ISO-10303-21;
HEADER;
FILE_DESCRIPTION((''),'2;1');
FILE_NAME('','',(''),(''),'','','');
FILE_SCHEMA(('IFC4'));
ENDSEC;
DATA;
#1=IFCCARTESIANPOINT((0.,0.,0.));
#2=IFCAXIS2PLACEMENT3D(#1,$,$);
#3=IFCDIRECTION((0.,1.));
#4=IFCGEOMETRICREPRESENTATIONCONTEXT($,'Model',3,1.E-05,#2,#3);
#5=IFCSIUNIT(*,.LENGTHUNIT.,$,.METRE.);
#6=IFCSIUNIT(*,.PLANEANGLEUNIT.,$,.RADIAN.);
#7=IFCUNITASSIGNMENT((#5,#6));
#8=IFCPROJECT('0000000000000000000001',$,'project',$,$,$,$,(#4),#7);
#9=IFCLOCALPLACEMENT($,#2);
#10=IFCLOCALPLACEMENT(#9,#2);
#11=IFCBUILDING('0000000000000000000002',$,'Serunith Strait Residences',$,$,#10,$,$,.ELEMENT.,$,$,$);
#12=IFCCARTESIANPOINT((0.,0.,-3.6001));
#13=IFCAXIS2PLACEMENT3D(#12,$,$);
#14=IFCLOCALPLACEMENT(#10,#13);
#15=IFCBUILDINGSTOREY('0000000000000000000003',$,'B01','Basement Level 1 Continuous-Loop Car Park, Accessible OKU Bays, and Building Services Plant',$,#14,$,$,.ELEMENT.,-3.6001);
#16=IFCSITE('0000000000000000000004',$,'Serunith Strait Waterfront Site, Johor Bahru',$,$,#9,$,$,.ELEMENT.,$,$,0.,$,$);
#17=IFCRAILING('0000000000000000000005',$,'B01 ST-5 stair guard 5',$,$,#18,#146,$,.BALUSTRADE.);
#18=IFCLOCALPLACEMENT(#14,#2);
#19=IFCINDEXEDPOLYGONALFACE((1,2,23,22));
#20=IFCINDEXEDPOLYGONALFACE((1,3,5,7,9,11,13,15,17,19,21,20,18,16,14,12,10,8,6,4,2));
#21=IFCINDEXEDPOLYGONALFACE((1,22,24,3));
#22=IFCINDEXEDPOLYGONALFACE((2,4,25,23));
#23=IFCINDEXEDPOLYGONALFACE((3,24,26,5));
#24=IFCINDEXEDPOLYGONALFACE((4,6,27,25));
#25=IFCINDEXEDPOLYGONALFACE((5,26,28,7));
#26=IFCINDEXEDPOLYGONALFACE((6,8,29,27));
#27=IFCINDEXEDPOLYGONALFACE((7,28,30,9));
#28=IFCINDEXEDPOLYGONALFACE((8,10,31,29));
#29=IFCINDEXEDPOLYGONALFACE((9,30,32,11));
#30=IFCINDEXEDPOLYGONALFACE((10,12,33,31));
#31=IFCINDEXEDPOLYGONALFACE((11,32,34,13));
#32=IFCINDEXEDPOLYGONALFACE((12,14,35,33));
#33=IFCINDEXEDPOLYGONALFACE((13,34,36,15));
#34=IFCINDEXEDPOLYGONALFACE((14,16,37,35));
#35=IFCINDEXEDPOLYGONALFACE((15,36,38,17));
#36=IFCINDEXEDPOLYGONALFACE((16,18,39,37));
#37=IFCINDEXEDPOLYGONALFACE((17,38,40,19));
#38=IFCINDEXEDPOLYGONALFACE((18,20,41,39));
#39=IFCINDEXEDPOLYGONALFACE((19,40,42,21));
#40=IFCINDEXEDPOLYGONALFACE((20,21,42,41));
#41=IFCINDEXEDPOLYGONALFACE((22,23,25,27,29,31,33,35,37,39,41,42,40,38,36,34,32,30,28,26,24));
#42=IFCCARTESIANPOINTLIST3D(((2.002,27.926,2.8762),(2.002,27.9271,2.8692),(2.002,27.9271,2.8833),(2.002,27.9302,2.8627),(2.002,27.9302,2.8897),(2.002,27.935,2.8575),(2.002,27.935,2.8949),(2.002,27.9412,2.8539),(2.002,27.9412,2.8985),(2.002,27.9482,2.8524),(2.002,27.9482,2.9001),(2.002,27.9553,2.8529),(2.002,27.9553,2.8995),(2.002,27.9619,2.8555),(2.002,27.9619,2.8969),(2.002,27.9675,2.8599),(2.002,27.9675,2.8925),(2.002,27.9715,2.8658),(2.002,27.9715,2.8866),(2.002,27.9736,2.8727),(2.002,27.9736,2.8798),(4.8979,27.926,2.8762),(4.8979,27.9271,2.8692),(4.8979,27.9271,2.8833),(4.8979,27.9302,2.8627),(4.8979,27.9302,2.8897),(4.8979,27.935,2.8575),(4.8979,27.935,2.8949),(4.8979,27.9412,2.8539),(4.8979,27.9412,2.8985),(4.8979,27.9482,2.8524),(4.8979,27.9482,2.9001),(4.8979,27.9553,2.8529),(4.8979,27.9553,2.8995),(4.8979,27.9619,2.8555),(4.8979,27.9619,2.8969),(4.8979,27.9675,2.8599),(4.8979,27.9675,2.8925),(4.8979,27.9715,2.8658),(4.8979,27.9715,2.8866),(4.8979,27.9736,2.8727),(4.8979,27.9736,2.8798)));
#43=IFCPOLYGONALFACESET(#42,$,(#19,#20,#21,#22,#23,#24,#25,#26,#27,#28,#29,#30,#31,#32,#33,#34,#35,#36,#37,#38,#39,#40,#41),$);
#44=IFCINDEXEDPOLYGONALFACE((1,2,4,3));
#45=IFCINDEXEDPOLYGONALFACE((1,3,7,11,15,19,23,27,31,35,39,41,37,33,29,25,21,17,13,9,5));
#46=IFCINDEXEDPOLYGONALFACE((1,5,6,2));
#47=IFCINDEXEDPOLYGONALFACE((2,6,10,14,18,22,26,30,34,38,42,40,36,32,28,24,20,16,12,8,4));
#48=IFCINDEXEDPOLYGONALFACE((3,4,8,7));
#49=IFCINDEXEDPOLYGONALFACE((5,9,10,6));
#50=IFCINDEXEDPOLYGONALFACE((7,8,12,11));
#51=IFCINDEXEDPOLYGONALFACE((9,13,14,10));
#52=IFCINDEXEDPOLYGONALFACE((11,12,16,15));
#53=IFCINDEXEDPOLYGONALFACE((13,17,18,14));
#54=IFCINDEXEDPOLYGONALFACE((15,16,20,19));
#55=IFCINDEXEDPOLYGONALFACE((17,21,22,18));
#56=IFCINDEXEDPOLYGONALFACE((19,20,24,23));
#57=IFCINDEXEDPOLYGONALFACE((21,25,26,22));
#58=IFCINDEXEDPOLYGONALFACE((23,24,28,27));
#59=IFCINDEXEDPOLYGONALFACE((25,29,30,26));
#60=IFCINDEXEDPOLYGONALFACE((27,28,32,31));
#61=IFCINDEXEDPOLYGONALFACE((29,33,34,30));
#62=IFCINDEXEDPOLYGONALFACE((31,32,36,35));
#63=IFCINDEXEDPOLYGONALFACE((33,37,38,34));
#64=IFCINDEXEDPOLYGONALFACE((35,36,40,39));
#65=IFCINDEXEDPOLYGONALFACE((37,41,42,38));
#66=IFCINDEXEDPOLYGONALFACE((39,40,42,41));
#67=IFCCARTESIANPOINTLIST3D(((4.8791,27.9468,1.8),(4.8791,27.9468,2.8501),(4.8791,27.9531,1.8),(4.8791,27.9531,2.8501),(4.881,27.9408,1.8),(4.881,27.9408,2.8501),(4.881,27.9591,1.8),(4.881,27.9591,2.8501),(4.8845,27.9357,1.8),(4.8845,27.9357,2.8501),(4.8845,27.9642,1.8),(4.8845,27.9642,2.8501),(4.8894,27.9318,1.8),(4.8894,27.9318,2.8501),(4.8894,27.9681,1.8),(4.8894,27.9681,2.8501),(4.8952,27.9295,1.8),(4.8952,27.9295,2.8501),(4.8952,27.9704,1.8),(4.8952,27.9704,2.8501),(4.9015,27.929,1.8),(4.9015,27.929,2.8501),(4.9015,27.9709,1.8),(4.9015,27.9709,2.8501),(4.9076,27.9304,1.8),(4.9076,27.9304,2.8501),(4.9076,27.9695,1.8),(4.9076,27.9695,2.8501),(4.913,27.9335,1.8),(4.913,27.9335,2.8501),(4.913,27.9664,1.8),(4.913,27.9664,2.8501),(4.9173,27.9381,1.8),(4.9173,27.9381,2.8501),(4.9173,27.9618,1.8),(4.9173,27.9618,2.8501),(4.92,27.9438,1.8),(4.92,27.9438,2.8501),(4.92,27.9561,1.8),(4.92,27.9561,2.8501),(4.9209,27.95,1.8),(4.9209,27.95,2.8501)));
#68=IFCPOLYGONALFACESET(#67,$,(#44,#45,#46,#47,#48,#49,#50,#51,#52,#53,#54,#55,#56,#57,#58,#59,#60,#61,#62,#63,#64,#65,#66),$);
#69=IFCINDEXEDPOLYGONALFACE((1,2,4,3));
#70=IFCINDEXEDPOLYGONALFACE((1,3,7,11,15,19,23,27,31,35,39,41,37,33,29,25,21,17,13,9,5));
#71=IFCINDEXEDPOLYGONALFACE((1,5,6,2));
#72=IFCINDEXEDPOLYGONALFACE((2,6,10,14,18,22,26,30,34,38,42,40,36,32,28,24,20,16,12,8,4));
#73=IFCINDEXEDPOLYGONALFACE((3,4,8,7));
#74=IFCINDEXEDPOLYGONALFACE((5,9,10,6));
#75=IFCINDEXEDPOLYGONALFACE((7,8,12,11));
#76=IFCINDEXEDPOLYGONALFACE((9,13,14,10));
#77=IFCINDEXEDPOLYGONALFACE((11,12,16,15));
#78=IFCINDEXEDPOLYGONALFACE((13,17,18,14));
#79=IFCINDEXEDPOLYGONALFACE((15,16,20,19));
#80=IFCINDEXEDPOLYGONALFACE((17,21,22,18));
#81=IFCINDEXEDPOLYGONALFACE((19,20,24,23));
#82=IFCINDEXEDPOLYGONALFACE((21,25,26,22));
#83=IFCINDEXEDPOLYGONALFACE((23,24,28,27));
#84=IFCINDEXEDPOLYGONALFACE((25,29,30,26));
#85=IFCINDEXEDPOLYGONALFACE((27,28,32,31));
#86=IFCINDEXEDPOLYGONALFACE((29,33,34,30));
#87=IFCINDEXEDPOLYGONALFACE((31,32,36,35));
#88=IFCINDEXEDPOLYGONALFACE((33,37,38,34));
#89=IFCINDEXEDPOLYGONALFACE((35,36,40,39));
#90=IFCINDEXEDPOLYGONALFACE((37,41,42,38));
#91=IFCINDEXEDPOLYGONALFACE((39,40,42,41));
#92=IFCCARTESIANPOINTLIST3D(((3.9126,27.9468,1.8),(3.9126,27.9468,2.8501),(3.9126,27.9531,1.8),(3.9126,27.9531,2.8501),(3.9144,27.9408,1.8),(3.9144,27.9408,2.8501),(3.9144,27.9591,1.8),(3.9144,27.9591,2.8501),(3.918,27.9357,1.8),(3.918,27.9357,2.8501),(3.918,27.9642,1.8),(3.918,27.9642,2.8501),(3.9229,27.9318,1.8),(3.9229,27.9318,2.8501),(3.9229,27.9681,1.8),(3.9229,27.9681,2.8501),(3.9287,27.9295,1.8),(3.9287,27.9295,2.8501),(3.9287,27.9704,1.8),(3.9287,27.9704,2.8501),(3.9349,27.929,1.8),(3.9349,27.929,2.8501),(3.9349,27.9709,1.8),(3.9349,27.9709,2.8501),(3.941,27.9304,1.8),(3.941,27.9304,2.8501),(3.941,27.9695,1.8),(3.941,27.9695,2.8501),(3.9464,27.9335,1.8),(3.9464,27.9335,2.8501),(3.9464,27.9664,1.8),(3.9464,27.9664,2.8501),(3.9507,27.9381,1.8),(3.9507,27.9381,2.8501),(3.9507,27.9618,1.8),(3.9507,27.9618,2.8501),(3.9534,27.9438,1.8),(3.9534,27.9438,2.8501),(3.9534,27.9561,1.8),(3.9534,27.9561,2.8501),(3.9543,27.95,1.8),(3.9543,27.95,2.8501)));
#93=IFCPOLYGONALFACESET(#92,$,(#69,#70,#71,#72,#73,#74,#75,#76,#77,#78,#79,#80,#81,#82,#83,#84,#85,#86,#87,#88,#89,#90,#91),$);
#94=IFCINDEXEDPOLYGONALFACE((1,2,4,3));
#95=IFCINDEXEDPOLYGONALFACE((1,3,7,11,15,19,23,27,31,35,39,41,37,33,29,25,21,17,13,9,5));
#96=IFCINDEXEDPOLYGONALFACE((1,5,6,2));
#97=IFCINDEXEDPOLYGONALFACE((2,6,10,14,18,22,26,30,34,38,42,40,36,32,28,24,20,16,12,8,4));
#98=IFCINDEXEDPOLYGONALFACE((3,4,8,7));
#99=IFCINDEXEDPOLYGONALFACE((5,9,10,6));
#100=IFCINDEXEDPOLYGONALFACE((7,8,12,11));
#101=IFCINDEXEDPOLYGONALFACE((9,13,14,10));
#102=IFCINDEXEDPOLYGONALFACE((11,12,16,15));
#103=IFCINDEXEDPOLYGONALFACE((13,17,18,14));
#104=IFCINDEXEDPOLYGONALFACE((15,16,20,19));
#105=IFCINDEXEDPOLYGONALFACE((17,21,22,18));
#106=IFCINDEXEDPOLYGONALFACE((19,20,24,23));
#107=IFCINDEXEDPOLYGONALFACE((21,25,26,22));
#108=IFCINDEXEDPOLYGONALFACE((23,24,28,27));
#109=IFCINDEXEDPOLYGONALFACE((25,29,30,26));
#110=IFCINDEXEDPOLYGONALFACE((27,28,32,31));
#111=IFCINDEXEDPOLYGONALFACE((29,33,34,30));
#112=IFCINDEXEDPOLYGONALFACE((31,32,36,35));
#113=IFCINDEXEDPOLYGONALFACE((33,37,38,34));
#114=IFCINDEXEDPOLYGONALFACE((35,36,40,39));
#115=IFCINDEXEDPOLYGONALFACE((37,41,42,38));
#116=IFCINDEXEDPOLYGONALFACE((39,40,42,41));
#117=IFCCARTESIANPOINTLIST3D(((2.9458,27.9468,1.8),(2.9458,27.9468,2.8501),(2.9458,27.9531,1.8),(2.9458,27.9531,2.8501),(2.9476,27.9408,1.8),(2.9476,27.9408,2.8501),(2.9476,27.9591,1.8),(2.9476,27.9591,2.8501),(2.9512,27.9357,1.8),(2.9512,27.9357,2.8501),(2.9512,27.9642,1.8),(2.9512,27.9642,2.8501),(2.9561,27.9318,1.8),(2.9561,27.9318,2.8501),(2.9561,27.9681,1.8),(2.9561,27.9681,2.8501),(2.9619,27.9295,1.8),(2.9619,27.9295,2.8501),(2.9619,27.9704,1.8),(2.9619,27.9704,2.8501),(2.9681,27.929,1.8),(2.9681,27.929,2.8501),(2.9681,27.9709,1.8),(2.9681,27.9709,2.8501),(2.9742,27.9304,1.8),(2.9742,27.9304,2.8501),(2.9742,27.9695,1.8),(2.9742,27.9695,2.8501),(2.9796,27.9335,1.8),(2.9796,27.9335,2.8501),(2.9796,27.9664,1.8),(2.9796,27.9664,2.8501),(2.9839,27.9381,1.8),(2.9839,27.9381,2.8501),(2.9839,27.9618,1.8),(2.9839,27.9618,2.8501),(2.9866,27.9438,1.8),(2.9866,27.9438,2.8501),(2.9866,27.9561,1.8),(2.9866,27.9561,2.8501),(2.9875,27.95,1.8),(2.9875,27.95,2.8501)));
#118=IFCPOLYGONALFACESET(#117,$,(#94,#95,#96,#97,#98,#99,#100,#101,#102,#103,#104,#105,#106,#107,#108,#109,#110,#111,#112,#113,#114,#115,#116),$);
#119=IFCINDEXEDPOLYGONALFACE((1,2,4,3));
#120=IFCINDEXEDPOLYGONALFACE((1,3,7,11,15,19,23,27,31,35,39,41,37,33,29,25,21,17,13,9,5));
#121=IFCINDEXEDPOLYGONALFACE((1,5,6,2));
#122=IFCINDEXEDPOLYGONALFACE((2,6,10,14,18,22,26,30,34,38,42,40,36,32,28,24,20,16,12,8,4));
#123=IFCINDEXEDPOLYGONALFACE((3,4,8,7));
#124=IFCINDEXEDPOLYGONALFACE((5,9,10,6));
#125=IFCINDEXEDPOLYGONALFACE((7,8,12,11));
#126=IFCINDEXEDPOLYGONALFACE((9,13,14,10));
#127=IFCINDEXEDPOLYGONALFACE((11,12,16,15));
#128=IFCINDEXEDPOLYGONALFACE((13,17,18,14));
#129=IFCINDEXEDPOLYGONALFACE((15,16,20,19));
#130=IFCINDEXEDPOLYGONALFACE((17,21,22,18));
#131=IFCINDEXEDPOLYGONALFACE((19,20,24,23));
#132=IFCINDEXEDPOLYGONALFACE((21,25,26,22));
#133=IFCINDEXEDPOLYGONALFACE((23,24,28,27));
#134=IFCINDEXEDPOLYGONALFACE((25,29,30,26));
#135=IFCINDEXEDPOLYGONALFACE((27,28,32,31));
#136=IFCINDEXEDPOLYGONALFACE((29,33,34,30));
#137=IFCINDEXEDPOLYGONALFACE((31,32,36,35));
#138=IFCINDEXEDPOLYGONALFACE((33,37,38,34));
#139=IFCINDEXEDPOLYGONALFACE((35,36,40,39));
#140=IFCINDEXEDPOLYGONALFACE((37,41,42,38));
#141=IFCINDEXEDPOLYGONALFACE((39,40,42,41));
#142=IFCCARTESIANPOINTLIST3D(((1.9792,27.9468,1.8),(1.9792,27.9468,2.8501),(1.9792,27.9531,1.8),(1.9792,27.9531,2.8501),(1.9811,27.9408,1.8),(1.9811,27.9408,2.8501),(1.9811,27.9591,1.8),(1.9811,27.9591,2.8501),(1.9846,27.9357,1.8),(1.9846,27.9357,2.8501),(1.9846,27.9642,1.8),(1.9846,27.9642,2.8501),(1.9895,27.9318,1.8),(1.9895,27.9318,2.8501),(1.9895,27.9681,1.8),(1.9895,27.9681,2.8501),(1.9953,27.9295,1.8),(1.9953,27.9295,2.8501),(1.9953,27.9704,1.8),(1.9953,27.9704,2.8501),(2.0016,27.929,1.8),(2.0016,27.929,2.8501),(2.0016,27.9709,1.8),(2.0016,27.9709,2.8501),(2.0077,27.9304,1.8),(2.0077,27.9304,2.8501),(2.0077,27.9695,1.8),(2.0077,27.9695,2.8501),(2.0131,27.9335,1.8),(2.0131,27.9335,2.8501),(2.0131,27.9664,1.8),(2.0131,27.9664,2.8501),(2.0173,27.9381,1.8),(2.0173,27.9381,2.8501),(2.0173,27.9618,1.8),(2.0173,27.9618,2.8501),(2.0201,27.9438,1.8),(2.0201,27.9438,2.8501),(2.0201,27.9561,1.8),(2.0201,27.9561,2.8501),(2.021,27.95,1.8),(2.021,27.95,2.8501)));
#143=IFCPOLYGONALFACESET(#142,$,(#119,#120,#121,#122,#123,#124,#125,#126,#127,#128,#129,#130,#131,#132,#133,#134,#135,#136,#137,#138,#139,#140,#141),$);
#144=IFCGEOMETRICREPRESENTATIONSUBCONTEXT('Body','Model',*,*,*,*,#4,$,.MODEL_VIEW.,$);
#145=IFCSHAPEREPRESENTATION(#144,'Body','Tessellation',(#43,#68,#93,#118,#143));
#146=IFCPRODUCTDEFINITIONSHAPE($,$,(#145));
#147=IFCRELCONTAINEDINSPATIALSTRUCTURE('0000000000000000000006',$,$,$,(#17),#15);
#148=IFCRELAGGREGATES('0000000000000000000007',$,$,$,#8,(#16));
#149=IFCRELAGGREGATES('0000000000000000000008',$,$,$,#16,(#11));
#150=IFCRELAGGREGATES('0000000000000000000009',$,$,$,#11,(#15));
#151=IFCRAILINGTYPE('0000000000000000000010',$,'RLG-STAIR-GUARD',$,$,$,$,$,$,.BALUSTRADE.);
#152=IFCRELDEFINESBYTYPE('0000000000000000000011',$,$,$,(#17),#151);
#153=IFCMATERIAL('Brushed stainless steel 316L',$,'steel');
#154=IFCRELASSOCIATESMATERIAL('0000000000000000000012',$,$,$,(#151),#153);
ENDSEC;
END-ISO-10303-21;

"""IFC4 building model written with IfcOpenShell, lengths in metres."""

from ifc_helpers import new_model, si_unit, direction, frame, origin, origin_2d, place, context, subcontext, project, spatial, circle, extrude, material, type_object, element, save


model = new_model("IFC4")

# Units and contexts
model_context = context("Model", 3, precision=1e-05, world=origin(), true_north=direction((0.0, 1.0)))
body_context = subcontext(model_context, "Body", "Model", "MODEL_VIEW")
ifc_project = project(units=[si_unit("LENGTHUNIT", "METRE"), si_unit("PLANEANGLEUNIT", "RADIAN")], contexts=[model_context])

# Site, building, storey
site_placement = place(None, origin())
site = spatial("IfcSite", under=ifc_project, at=site_placement, Name="Serunith Strait Waterfront Site, Johor Bahru", CompositionType="ELEMENT", RefElevation=0.0)
building_placement = place(site_placement, origin())
building = spatial("IfcBuilding", under=site, at=building_placement, Name="Serunith Strait Residences", CompositionType="ELEMENT")
storey_placement = place(building_placement, frame((0.0, 0.0, -3.6001)))
storey = spatial("IfcBuildingStorey", under=building, at=storey_placement, Name="B01", Description="Basement Level 1 Continuous-Loop Car Park, Accessible OKU Bays, and Building Services Plant", CompositionType="ELEMENT", Elevation=-3.6001)

# Railing
ifc_material_1 = material(Name="Brushed stainless steel 316L", Category="steel")
railing_type_1 = type_object("IfcRailingType", Name="RLG-STAIR-GUARD", PredefinedType="BALUSTRADE", material=ifc_material_1)
railing_1_placement = place(storey_placement, frame((4.8999, 27.95, 1.8)))
element("IfcRailing", 1, at=railing_1_placement, inside=storey, type_object=railing_type_1, Name="B01 ST-5 stair guard 5", PredefinedType="BALUSTRADE", context=body_context, shape_type="SweptSolid", body=[
    extrude(circle(Radius=0.0239, at=origin_2d()), frame((-0.002, 0.0, 1.0762), z_axis=(-1.0, 0.0, 0.0), x_axis=(0.0, -1.0, 0.0)), (0.0, 0.0, 1.0), 2.896),
    extrude(circle(Radius=0.021, at=origin_2d()), origin(), (0.0, 0.0, 1.0), 1.05),
    extrude(circle(Radius=0.021, at=origin_2d()), frame((-0.9666, 0.0, 0.0)), (0.0, 0.0, 1.0), 1.05),
    extrude(circle(Radius=0.021, at=origin_2d()), frame((-1.9333, 0.0, 0.0)), (0.0, 0.0, 1.0), 1.05),
    extrude(circle(Radius=0.021, at=origin_2d()), frame((-2.8999, 0.0, 0.0)), (0.0, 0.0, 1.0), 1.05),
])

save(model, "model.ifc")
